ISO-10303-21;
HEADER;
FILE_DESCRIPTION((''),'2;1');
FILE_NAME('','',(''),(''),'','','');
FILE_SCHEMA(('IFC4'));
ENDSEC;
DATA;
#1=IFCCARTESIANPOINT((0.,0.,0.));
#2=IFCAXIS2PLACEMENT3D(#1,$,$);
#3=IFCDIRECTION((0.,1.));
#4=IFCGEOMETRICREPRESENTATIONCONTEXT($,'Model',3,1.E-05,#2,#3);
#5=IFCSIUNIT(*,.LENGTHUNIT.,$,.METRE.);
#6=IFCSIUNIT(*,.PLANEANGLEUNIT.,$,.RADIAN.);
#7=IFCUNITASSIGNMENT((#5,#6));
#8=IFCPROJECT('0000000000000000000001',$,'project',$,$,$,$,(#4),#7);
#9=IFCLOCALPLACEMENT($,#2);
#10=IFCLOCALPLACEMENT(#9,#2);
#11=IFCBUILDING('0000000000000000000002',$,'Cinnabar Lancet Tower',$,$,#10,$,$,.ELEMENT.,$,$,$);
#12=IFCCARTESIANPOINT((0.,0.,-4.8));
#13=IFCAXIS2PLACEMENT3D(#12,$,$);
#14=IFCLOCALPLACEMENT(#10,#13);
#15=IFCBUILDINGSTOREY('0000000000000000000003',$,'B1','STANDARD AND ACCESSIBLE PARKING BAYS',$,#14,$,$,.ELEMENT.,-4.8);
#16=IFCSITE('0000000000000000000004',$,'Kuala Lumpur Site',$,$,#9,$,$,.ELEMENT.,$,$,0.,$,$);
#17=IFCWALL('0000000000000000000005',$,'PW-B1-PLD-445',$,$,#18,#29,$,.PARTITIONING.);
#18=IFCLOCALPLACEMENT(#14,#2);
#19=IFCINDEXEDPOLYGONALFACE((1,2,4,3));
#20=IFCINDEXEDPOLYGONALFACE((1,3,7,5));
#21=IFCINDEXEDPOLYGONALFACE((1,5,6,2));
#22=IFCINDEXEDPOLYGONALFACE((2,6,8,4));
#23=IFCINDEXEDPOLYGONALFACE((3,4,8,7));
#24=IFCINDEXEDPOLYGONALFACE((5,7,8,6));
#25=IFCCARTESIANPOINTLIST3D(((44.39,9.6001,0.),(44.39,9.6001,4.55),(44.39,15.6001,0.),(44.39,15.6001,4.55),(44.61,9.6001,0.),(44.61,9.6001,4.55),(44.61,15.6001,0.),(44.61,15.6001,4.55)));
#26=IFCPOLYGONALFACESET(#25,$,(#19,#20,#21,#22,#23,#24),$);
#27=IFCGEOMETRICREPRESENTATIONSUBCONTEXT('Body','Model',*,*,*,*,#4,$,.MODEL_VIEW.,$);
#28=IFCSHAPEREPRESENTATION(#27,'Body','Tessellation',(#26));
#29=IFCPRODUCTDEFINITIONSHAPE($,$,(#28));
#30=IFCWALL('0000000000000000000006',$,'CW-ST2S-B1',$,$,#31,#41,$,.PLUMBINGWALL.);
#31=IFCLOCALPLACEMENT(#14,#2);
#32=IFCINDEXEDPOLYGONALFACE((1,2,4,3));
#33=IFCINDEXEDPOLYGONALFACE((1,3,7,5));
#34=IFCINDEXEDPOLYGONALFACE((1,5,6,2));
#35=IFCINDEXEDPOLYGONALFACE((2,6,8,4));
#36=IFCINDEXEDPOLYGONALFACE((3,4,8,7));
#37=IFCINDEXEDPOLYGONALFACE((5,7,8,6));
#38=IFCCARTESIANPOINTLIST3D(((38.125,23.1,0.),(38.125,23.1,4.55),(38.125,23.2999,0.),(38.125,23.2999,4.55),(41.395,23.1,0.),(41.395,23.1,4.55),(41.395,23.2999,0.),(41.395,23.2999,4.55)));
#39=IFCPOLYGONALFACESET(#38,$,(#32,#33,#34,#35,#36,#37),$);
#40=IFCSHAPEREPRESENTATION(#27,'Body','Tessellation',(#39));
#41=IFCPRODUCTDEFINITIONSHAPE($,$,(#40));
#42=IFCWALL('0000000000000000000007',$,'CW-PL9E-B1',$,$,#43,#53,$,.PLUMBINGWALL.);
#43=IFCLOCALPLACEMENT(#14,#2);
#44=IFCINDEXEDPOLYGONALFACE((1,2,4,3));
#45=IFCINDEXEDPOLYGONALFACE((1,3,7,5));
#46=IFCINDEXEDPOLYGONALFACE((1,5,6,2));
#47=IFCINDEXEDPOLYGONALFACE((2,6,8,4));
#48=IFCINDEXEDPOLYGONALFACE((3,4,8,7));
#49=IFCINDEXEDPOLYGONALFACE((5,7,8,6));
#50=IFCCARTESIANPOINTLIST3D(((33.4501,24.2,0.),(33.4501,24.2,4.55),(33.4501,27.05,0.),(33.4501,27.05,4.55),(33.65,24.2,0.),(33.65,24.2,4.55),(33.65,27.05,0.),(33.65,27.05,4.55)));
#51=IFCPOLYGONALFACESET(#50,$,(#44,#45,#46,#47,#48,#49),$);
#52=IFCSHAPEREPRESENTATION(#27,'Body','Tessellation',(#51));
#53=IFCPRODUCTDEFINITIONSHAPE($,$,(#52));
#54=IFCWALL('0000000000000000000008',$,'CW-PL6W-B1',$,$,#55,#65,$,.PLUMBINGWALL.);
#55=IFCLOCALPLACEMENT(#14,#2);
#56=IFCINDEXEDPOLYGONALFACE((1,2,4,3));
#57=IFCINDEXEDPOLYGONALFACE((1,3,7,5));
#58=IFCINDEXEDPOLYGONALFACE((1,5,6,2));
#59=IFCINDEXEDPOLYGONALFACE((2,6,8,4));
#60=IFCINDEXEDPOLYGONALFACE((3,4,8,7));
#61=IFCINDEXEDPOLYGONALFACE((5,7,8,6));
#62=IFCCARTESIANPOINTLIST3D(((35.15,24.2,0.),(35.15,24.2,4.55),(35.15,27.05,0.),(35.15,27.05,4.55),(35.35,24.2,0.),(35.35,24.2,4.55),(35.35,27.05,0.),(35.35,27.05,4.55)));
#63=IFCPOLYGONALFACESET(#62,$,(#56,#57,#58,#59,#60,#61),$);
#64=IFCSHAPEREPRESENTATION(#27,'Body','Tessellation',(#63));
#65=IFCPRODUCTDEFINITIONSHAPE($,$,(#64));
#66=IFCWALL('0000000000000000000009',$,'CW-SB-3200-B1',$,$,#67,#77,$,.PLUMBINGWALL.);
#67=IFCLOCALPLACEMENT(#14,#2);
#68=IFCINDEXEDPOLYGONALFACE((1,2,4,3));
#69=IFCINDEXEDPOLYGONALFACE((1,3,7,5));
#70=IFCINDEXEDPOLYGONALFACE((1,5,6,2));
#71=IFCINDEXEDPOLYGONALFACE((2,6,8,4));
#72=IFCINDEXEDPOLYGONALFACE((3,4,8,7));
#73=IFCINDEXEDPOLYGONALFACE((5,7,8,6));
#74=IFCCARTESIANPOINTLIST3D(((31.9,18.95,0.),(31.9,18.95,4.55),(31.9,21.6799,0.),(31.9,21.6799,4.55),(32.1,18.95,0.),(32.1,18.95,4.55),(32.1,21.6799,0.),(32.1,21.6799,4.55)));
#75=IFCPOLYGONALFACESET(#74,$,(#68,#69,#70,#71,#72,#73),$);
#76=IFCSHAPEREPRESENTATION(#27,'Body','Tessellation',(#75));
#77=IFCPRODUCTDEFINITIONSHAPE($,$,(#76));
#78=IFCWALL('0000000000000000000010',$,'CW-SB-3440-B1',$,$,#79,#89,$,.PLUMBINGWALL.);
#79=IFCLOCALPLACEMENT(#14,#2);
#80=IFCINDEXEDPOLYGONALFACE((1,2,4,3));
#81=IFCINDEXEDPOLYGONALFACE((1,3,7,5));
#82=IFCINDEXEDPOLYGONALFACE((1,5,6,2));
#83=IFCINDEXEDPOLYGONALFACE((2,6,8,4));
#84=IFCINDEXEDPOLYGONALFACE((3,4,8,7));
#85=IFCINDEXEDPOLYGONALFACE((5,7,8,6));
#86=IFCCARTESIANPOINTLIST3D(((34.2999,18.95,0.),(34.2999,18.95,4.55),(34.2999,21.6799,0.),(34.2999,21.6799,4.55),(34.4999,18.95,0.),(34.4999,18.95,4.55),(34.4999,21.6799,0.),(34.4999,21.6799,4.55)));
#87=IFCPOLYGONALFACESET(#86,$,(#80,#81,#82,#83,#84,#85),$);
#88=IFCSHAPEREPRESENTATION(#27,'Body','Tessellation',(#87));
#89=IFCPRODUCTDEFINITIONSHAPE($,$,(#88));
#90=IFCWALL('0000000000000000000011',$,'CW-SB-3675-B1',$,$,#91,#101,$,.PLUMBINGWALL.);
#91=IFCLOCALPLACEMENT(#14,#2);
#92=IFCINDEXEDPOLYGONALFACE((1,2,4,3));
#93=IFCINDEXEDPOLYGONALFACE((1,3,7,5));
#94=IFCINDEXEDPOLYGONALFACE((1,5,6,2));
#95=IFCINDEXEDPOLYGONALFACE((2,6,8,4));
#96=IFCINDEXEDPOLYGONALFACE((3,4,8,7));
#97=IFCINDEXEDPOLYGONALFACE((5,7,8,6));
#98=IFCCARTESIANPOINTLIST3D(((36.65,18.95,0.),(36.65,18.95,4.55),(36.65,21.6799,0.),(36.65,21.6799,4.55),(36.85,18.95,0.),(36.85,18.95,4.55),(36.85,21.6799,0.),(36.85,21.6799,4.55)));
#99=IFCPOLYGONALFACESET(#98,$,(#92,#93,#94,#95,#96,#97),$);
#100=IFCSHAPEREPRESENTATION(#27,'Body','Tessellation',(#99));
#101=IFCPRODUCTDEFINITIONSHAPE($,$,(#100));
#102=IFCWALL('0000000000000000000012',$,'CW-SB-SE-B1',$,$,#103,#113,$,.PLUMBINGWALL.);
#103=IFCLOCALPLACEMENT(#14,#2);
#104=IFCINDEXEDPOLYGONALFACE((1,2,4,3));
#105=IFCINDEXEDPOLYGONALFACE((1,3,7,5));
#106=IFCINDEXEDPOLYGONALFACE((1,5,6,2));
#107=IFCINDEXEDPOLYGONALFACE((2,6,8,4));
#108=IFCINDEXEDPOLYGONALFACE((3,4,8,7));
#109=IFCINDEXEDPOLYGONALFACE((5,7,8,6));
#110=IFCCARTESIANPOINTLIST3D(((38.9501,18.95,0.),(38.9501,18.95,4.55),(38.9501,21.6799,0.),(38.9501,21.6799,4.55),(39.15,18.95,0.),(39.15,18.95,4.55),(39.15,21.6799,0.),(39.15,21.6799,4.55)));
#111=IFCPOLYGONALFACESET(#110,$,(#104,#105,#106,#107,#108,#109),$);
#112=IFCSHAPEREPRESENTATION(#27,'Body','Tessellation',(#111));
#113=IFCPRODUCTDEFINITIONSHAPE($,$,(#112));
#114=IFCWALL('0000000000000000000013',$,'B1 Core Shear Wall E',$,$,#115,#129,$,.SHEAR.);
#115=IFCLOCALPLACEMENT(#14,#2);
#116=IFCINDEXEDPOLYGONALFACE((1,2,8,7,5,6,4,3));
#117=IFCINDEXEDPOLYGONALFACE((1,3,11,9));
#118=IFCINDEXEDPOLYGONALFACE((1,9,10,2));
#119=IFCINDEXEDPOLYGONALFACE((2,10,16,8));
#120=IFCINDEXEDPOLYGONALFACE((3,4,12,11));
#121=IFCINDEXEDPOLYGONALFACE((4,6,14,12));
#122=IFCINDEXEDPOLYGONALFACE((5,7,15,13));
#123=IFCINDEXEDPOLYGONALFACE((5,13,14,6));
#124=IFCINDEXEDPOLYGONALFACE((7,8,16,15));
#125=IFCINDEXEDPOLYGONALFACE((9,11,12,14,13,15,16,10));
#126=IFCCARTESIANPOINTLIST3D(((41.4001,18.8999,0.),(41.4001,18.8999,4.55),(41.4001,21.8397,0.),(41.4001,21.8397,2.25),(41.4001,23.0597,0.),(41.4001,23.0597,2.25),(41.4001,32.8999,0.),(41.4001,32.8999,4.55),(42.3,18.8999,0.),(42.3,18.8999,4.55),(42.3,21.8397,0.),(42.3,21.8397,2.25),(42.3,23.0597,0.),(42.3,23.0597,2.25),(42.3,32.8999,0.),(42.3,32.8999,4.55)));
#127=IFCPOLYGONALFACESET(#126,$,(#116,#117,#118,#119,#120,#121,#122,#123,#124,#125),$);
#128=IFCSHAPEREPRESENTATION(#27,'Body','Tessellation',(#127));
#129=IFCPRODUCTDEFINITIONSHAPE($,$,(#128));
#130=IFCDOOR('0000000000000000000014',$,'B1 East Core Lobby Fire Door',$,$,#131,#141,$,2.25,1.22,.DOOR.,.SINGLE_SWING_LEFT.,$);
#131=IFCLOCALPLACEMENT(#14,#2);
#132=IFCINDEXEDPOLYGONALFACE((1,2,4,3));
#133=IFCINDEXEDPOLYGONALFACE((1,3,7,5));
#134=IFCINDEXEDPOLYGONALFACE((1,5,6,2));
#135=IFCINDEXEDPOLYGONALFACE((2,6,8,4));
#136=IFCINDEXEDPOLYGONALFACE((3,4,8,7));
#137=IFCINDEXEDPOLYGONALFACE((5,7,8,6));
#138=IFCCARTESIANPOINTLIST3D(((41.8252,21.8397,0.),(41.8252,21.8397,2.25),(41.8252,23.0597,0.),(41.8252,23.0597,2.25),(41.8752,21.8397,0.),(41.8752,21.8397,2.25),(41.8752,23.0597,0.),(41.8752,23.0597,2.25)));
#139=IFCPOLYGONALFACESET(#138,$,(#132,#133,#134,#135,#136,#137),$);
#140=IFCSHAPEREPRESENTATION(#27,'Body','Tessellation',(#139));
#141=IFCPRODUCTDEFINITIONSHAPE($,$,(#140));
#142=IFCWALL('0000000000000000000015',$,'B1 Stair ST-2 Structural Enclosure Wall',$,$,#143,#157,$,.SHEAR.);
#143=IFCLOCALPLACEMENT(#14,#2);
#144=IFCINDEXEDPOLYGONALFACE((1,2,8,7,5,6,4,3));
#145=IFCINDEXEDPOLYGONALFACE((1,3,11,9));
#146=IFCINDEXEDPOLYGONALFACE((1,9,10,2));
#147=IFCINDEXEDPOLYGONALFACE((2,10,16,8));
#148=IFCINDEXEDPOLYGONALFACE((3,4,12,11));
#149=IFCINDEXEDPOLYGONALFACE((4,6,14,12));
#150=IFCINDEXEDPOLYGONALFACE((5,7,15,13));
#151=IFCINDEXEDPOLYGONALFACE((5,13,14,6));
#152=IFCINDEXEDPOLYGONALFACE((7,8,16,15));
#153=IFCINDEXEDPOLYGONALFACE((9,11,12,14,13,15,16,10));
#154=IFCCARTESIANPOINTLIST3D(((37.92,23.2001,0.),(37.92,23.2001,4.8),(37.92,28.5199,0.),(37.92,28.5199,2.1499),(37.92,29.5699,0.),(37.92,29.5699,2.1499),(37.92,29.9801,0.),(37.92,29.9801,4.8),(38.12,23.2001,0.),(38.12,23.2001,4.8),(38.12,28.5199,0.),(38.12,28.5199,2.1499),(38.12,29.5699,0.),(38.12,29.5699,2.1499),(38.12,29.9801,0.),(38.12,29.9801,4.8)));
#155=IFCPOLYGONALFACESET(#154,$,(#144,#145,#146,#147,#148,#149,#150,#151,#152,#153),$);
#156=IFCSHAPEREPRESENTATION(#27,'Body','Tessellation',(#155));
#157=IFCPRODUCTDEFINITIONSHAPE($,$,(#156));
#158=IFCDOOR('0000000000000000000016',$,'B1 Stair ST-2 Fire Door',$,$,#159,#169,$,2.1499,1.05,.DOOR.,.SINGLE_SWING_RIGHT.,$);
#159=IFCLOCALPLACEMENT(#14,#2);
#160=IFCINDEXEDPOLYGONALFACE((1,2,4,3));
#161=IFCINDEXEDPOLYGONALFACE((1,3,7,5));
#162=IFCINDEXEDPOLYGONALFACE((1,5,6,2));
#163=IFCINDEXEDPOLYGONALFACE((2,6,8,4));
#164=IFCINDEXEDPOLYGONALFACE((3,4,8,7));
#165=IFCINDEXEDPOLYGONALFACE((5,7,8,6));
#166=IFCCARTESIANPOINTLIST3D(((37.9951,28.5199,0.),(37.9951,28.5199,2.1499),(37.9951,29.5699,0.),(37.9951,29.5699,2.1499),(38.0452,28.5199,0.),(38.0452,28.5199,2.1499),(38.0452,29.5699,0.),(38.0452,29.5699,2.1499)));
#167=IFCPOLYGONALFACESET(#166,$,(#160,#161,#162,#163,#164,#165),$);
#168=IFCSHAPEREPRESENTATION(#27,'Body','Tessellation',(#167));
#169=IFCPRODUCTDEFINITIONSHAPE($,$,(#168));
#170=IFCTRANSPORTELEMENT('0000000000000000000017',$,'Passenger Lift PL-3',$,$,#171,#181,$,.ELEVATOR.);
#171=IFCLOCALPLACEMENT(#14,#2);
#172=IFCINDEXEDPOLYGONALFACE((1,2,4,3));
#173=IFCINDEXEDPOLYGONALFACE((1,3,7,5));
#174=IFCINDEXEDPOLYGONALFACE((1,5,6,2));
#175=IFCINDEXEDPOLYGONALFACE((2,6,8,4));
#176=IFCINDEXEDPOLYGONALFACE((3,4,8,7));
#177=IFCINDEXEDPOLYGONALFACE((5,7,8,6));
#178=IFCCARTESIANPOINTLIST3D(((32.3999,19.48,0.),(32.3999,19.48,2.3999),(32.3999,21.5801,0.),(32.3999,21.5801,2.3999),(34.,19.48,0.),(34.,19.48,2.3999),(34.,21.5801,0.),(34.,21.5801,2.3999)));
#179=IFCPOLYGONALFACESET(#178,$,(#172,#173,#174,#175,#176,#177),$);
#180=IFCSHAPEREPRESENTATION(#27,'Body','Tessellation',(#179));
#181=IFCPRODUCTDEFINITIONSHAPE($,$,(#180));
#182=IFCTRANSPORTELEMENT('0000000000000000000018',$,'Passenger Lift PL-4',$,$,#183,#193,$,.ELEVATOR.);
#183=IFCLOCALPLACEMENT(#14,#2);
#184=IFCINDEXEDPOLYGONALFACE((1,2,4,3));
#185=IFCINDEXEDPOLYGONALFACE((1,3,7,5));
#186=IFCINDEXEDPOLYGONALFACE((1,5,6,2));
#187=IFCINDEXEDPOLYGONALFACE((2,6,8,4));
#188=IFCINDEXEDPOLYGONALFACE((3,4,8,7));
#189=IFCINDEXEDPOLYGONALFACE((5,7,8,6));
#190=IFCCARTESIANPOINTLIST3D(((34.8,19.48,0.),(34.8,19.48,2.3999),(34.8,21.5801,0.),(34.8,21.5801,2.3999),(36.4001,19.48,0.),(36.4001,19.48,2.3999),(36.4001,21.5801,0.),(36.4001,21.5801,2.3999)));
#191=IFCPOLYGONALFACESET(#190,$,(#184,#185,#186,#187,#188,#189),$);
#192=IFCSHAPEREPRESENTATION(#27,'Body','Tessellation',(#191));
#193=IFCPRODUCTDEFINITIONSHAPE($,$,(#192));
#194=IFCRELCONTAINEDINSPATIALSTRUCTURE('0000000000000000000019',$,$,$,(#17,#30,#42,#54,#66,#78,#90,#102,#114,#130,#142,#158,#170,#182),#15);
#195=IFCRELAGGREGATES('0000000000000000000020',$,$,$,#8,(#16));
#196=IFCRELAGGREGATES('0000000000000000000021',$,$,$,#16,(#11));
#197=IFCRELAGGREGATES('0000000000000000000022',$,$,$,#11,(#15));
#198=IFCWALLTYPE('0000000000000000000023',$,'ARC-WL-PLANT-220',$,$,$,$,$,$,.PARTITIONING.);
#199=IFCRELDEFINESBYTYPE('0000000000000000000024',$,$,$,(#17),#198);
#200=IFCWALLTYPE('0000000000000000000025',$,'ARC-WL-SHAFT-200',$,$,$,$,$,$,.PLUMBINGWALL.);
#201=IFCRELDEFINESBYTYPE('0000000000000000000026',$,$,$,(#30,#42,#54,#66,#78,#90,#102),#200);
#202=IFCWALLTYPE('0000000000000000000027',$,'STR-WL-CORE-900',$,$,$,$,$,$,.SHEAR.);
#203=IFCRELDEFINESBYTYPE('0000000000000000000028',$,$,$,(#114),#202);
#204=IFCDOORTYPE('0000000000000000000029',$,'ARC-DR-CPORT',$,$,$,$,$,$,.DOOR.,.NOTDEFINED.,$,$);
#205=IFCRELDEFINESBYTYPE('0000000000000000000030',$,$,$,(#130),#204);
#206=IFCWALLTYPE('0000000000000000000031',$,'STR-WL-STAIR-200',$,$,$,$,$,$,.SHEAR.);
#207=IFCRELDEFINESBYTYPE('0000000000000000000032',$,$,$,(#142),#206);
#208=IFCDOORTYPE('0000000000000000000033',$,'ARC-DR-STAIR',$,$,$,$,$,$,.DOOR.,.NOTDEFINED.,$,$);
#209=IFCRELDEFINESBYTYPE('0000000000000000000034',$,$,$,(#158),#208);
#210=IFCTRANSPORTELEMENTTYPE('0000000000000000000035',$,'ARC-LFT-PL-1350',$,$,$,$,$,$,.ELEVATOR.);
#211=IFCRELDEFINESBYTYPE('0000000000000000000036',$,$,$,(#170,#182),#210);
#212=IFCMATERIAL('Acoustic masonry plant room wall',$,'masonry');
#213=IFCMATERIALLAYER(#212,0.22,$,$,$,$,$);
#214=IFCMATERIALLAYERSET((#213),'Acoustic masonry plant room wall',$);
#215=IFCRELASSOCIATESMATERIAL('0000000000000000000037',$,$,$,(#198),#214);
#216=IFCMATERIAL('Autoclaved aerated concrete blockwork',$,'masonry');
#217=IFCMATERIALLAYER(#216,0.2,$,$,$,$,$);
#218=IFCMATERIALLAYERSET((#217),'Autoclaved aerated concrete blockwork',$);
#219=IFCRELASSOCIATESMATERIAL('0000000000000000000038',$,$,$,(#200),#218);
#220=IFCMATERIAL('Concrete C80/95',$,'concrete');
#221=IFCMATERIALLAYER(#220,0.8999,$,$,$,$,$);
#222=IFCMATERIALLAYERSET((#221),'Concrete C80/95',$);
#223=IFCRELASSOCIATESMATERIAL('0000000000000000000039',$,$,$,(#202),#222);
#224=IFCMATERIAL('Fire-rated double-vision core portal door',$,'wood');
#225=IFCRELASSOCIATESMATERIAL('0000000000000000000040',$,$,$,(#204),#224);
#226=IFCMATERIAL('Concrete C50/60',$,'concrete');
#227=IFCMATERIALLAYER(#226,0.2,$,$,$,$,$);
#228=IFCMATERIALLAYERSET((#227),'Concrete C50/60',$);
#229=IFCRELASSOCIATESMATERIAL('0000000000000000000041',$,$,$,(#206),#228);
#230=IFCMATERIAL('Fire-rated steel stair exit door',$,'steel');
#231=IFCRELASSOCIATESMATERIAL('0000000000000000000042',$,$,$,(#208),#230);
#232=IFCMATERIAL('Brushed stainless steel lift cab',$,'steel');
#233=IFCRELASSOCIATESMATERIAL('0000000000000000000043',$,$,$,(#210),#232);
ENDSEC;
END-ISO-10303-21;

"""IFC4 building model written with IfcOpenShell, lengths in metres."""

from ifc_helpers import new_model, si_unit, direction, frame, frame_2d, origin, origin_2d, place, context, subcontext, project, spatial, rectangle, extrude, material, layer, layer_set, type_object, element, fill, save


model = new_model("IFC4")

# Units and contexts
model_context = context("Model", 3, precision=1e-05, world=origin(), true_north=direction((0.0, 1.0)))
body_context = subcontext(model_context, "Body", "Model", "MODEL_VIEW")
ifc_project = project(units=[si_unit("LENGTHUNIT", "METRE"), si_unit("PLANEANGLEUNIT", "RADIAN")], contexts=[model_context])

# Site, building, storey
site_placement = place(None, origin())
site = spatial("IfcSite", under=ifc_project, at=site_placement, Name="Kuala Lumpur Site", CompositionType="ELEMENT", RefElevation=0.0)
building_placement = place(site_placement, origin())
building = spatial("IfcBuilding", under=site, at=building_placement, Name="Cinnabar Lancet Tower", CompositionType="ELEMENT")
storey_placement = place(building_placement, frame((0.0, 0.0, -4.8)))
storey = spatial("IfcBuildingStorey", under=building, at=storey_placement, Name="B1", Description="STANDARD AND ACCESSIBLE PARKING BAYS", CompositionType="ELEMENT", Elevation=-4.8)

# Walls
ifc_material_1 = material(Name="Acoustic masonry plant room wall", Category="masonry")
ifc_layer_1 = layer(ifc_material_1, 0.22)
ifc_layer_set_1 = layer_set([ifc_layer_1], Name="Acoustic masonry plant room wall")
wall_type_1 = type_object("IfcWallType", Name="ARC-WL-PLANT-220", PredefinedType="PARTITIONING", material=ifc_layer_set_1)
for number, where, z_axis, x_axis, name in (
    (1, (44.5, 9.6001, 0.0), (0.0, 0.0, 1.0), (0.0, 1.0, 0.0), "PW-B1-PLD-445"),
):
    element("IfcWall", number, at=place(storey_placement, frame(where, z_axis=z_axis, x_axis=x_axis)), inside=storey, type_object=wall_type_1, Name=name, PredefinedType="PARTITIONING", context=body_context, shape_type="SweptSolid", body=[
        extrude(rectangle(XDim=6.0, YDim=0.22, at=frame_2d((3.0, 0.0))), origin(), (0.0, 0.0, 1.0), 4.55),
    ])
ifc_material_2 = material(Name="Autoclaved aerated concrete blockwork", Category="masonry")
ifc_layer_2 = layer(ifc_material_2, 0.2)
ifc_layer_set_2 = layer_set([ifc_layer_2], Name="Autoclaved aerated concrete blockwork")
wall_type_2 = type_object("IfcWallType", Name="ARC-WL-SHAFT-200", PredefinedType="PLUMBINGWALL", material=ifc_layer_set_2)
wall_1_placement = place(storey_placement, frame((38.125, 23.2, 0.0), z_axis=(0.0, 0.0, 1.0), x_axis=(1.0, 0.0, 0.0)))
element("IfcWall", 2, at=wall_1_placement, inside=storey, type_object=wall_type_2, Name="CW-ST2S-B1", PredefinedType="PLUMBINGWALL", context=body_context, shape_type="SweptSolid", body=[
    extrude(rectangle(XDim=3.27, YDim=0.2, at=frame_2d((1.635, 0.0))), origin(), (0.0, 0.0, 1.0), 4.55),
])
for number, where, z_axis, x_axis, name in (
    (3, (33.55, 24.2, 0.0), (0.0, 0.0, 1.0), (0.0, 1.0, 0.0), "CW-PL9E-B1"),
    (4, (35.25, 24.2, 0.0), (0.0, 0.0, 1.0), (0.0, 1.0, 0.0), "CW-PL6W-B1"),
):
    element("IfcWall", number, at=place(storey_placement, frame(where, z_axis=z_axis, x_axis=x_axis)), inside=storey, type_object=wall_type_2, Name=name, PredefinedType="PLUMBINGWALL", context=body_context, shape_type="SweptSolid", body=[
        extrude(rectangle(XDim=2.8501, YDim=0.2, at=frame_2d((1.425, 0.0))), origin(), (0.0, 0.0, 1.0), 4.55),
    ])
for number, where, z_axis, x_axis, name in (
    (5, (32.0, 18.95, 0.0), (0.0, 0.0, 1.0), (0.0, 1.0, 0.0), "CW-SB-3200-B1"),
    (6, (34.3999, 18.95, 0.0), (0.0, 0.0, 1.0), (0.0, 1.0, 0.0), "CW-SB-3440-B1"),
    (7, (36.75, 18.95, 0.0), (0.0, 0.0, 1.0), (0.0, 1.0, 0.0), "CW-SB-3675-B1"),
    (8, (39.05, 18.95, 0.0), (0.0, 0.0, 1.0), (0.0, 1.0, 0.0), "CW-SB-SE-B1"),
):
    element("IfcWall", number, at=place(storey_placement, frame(where, z_axis=z_axis, x_axis=x_axis)), inside=storey, type_object=wall_type_2, Name=name, PredefinedType="PLUMBINGWALL", context=body_context, shape_type="SweptSolid", body=[
        extrude(rectangle(XDim=2.73, YDim=0.2, at=frame_2d((1.365, 0.0))), origin(), (0.0, 0.0, 1.0), 4.55),
    ])

# Walls, openings, doors
ifc_material_3 = material(Name="Concrete C80/95", Category="concrete")
ifc_layer_3 = layer(ifc_material_3, 0.8999)
ifc_layer_set_3 = layer_set([ifc_layer_3], Name="Concrete C80/95")
wall_type_3 = type_object("IfcWallType", Name="STR-WL-CORE-900", PredefinedType="SHEAR", material=ifc_layer_set_3)
wall_2_placement = place(storey_placement, frame((41.8501, 18.8999, 0.0), z_axis=(0.0, 0.0, 1.0), x_axis=(0.0, 1.0, 0.0)))
wall_2 = element("IfcWall", 9, at=wall_2_placement, inside=storey, type_object=wall_type_3, Name="B1 Core Shear Wall E", PredefinedType="SHEAR", context=body_context, shape_type="SweptSolid", body=[
    extrude(rectangle(XDim=14.0, YDim=0.8999, at=frame_2d((7.0, 0.0))), origin(), (0.0, 0.0, 1.0), 4.55),
])
opening_1_placement = place(wall_2_placement, frame((2.9399, 0.0, 0.0)))
opening_1 = element("IfcOpeningElement", 10, at=opening_1_placement, cuts=wall_2, PredefinedType="OPENING", context=body_context, shape_type="SweptSolid", body=[
    extrude(rectangle(XDim=1.22, YDim=2.25, at=frame_2d((0.6099, 1.125))), frame((0.0, 0.46, 0.0), z_axis=(0.0, -1.0, 0.0), x_axis=(1.0, 0.0, 0.0)), (0.0, 0.0, 1.0), 0.9199),
])
ifc_material_4 = material(Name="Fire-rated double-vision core portal door", Category="wood")
door_type_1 = type_object("IfcDoorType", Name="ARC-DR-CPORT", OperationType="NOTDEFINED", PredefinedType="DOOR", material=ifc_material_4)
door_1_placement = place(opening_1_placement, origin())
door_1 = element("IfcDoor", 11, at=door_1_placement, inside=storey, type_object=door_type_1, Name="B1 East Core Lobby Fire Door", OperationType="SINGLE_SWING_LEFT", OverallHeight=2.25, OverallWidth=1.22, PredefinedType="DOOR", context=body_context, shape_type="SweptSolid", body=[
    extrude(rectangle(XDim=1.22, YDim=2.25, at=frame_2d((0.6099, 1.125))), frame((0.0, 0.0249, 0.0), z_axis=(0.0, -1.0, 0.0), x_axis=(1.0, 0.0, 0.0)), (0.0, 0.0, 1.0), 0.05),
])
fill(opening_1, door_1)
ifc_material_5 = material(Name="Concrete C50/60", Category="concrete")
ifc_layer_4 = layer(ifc_material_5, 0.2)
ifc_layer_set_4 = layer_set([ifc_layer_4], Name="Concrete C50/60")
wall_type_4 = type_object("IfcWallType", Name="STR-WL-STAIR-200", PredefinedType="SHEAR", material=ifc_layer_set_4)
wall_3_placement = place(storey_placement, frame((38.02, 23.2, 0.0), z_axis=(0.0, 0.0, 1.0), x_axis=(0.0, 1.0, 0.0)))
wall_3 = element("IfcWall", 12, at=wall_3_placement, inside=storey, type_object=wall_type_4, Name="B1 Stair ST-2 Structural Enclosure Wall", PredefinedType="SHEAR", context=body_context, shape_type="SweptSolid", body=[
    extrude(rectangle(XDim=6.78, YDim=0.2, at=frame_2d((3.3901, 0.0))), origin(), (0.0, 0.0, 1.0), 4.8),
])
opening_2_placement = place(wall_3_placement, frame((5.3201, 0.0, 0.0)))
opening_2 = element("IfcOpeningElement", 13, at=opening_2_placement, cuts=wall_3, PredefinedType="OPENING", context=body_context, shape_type="SweptSolid", body=[
    extrude(rectangle(XDim=1.05, YDim=2.1499, at=frame_2d((0.5249, 1.075))), frame((0.0, 0.1099, 0.0), z_axis=(0.0, -1.0, 0.0), x_axis=(1.0, 0.0, 0.0)), (0.0, 0.0, 1.0), 0.22),
])
ifc_material_6 = material(Name="Fire-rated steel stair exit door", Category="steel")
door_type_2 = type_object("IfcDoorType", Name="ARC-DR-STAIR", OperationType="NOTDEFINED", PredefinedType="DOOR", material=ifc_material_6)
door_2_placement = place(opening_2_placement, origin())
door_2 = element("IfcDoor", 14, at=door_2_placement, inside=storey, type_object=door_type_2, Name="B1 Stair ST-2 Fire Door", OperationType="SINGLE_SWING_RIGHT", OverallHeight=2.1499, OverallWidth=1.05, PredefinedType="DOOR", context=body_context, shape_type="SweptSolid", body=[
    extrude(rectangle(XDim=1.05, YDim=2.1499, at=frame_2d((0.5249, 1.075))), frame((0.0, 0.0249, 0.0), z_axis=(0.0, -1.0, 0.0), x_axis=(1.0, 0.0, 0.0)), (0.0, 0.0, 1.0), 0.05),
])
fill(opening_2, door_2)

# Transport elements
ifc_material_7 = material(Name="Brushed stainless steel lift cab", Category="steel")
transport_element_type = type_object("IfcTransportElementType", Name="ARC-LFT-PL-1350", PredefinedType="ELEVATOR", material=ifc_material_7)
for number, where, z_axis, x_axis, name in (
    (15, (33.2, 20.53, 0.0), (0.0, 0.0, 1.0), (1.0, 0.0, 0.0), "Passenger Lift PL-3"),
    (16, (35.6001, 20.53, 0.0), (0.0, 0.0, 1.0), (1.0, 0.0, 0.0), "Passenger Lift PL-4"),
):
    element("IfcTransportElement", number, at=place(storey_placement, frame(where, z_axis=z_axis, x_axis=x_axis)), inside=storey, type_object=transport_element_type, Name=name, PredefinedType="ELEVATOR", context=body_context, shape_type="SweptSolid", body=[
        extrude(rectangle(XDim=1.6001, YDim=2.1001, at=origin_2d()), origin(), (0.0, 0.0, 1.0), 2.3999),
    ])

save(model, "model.ifc")
